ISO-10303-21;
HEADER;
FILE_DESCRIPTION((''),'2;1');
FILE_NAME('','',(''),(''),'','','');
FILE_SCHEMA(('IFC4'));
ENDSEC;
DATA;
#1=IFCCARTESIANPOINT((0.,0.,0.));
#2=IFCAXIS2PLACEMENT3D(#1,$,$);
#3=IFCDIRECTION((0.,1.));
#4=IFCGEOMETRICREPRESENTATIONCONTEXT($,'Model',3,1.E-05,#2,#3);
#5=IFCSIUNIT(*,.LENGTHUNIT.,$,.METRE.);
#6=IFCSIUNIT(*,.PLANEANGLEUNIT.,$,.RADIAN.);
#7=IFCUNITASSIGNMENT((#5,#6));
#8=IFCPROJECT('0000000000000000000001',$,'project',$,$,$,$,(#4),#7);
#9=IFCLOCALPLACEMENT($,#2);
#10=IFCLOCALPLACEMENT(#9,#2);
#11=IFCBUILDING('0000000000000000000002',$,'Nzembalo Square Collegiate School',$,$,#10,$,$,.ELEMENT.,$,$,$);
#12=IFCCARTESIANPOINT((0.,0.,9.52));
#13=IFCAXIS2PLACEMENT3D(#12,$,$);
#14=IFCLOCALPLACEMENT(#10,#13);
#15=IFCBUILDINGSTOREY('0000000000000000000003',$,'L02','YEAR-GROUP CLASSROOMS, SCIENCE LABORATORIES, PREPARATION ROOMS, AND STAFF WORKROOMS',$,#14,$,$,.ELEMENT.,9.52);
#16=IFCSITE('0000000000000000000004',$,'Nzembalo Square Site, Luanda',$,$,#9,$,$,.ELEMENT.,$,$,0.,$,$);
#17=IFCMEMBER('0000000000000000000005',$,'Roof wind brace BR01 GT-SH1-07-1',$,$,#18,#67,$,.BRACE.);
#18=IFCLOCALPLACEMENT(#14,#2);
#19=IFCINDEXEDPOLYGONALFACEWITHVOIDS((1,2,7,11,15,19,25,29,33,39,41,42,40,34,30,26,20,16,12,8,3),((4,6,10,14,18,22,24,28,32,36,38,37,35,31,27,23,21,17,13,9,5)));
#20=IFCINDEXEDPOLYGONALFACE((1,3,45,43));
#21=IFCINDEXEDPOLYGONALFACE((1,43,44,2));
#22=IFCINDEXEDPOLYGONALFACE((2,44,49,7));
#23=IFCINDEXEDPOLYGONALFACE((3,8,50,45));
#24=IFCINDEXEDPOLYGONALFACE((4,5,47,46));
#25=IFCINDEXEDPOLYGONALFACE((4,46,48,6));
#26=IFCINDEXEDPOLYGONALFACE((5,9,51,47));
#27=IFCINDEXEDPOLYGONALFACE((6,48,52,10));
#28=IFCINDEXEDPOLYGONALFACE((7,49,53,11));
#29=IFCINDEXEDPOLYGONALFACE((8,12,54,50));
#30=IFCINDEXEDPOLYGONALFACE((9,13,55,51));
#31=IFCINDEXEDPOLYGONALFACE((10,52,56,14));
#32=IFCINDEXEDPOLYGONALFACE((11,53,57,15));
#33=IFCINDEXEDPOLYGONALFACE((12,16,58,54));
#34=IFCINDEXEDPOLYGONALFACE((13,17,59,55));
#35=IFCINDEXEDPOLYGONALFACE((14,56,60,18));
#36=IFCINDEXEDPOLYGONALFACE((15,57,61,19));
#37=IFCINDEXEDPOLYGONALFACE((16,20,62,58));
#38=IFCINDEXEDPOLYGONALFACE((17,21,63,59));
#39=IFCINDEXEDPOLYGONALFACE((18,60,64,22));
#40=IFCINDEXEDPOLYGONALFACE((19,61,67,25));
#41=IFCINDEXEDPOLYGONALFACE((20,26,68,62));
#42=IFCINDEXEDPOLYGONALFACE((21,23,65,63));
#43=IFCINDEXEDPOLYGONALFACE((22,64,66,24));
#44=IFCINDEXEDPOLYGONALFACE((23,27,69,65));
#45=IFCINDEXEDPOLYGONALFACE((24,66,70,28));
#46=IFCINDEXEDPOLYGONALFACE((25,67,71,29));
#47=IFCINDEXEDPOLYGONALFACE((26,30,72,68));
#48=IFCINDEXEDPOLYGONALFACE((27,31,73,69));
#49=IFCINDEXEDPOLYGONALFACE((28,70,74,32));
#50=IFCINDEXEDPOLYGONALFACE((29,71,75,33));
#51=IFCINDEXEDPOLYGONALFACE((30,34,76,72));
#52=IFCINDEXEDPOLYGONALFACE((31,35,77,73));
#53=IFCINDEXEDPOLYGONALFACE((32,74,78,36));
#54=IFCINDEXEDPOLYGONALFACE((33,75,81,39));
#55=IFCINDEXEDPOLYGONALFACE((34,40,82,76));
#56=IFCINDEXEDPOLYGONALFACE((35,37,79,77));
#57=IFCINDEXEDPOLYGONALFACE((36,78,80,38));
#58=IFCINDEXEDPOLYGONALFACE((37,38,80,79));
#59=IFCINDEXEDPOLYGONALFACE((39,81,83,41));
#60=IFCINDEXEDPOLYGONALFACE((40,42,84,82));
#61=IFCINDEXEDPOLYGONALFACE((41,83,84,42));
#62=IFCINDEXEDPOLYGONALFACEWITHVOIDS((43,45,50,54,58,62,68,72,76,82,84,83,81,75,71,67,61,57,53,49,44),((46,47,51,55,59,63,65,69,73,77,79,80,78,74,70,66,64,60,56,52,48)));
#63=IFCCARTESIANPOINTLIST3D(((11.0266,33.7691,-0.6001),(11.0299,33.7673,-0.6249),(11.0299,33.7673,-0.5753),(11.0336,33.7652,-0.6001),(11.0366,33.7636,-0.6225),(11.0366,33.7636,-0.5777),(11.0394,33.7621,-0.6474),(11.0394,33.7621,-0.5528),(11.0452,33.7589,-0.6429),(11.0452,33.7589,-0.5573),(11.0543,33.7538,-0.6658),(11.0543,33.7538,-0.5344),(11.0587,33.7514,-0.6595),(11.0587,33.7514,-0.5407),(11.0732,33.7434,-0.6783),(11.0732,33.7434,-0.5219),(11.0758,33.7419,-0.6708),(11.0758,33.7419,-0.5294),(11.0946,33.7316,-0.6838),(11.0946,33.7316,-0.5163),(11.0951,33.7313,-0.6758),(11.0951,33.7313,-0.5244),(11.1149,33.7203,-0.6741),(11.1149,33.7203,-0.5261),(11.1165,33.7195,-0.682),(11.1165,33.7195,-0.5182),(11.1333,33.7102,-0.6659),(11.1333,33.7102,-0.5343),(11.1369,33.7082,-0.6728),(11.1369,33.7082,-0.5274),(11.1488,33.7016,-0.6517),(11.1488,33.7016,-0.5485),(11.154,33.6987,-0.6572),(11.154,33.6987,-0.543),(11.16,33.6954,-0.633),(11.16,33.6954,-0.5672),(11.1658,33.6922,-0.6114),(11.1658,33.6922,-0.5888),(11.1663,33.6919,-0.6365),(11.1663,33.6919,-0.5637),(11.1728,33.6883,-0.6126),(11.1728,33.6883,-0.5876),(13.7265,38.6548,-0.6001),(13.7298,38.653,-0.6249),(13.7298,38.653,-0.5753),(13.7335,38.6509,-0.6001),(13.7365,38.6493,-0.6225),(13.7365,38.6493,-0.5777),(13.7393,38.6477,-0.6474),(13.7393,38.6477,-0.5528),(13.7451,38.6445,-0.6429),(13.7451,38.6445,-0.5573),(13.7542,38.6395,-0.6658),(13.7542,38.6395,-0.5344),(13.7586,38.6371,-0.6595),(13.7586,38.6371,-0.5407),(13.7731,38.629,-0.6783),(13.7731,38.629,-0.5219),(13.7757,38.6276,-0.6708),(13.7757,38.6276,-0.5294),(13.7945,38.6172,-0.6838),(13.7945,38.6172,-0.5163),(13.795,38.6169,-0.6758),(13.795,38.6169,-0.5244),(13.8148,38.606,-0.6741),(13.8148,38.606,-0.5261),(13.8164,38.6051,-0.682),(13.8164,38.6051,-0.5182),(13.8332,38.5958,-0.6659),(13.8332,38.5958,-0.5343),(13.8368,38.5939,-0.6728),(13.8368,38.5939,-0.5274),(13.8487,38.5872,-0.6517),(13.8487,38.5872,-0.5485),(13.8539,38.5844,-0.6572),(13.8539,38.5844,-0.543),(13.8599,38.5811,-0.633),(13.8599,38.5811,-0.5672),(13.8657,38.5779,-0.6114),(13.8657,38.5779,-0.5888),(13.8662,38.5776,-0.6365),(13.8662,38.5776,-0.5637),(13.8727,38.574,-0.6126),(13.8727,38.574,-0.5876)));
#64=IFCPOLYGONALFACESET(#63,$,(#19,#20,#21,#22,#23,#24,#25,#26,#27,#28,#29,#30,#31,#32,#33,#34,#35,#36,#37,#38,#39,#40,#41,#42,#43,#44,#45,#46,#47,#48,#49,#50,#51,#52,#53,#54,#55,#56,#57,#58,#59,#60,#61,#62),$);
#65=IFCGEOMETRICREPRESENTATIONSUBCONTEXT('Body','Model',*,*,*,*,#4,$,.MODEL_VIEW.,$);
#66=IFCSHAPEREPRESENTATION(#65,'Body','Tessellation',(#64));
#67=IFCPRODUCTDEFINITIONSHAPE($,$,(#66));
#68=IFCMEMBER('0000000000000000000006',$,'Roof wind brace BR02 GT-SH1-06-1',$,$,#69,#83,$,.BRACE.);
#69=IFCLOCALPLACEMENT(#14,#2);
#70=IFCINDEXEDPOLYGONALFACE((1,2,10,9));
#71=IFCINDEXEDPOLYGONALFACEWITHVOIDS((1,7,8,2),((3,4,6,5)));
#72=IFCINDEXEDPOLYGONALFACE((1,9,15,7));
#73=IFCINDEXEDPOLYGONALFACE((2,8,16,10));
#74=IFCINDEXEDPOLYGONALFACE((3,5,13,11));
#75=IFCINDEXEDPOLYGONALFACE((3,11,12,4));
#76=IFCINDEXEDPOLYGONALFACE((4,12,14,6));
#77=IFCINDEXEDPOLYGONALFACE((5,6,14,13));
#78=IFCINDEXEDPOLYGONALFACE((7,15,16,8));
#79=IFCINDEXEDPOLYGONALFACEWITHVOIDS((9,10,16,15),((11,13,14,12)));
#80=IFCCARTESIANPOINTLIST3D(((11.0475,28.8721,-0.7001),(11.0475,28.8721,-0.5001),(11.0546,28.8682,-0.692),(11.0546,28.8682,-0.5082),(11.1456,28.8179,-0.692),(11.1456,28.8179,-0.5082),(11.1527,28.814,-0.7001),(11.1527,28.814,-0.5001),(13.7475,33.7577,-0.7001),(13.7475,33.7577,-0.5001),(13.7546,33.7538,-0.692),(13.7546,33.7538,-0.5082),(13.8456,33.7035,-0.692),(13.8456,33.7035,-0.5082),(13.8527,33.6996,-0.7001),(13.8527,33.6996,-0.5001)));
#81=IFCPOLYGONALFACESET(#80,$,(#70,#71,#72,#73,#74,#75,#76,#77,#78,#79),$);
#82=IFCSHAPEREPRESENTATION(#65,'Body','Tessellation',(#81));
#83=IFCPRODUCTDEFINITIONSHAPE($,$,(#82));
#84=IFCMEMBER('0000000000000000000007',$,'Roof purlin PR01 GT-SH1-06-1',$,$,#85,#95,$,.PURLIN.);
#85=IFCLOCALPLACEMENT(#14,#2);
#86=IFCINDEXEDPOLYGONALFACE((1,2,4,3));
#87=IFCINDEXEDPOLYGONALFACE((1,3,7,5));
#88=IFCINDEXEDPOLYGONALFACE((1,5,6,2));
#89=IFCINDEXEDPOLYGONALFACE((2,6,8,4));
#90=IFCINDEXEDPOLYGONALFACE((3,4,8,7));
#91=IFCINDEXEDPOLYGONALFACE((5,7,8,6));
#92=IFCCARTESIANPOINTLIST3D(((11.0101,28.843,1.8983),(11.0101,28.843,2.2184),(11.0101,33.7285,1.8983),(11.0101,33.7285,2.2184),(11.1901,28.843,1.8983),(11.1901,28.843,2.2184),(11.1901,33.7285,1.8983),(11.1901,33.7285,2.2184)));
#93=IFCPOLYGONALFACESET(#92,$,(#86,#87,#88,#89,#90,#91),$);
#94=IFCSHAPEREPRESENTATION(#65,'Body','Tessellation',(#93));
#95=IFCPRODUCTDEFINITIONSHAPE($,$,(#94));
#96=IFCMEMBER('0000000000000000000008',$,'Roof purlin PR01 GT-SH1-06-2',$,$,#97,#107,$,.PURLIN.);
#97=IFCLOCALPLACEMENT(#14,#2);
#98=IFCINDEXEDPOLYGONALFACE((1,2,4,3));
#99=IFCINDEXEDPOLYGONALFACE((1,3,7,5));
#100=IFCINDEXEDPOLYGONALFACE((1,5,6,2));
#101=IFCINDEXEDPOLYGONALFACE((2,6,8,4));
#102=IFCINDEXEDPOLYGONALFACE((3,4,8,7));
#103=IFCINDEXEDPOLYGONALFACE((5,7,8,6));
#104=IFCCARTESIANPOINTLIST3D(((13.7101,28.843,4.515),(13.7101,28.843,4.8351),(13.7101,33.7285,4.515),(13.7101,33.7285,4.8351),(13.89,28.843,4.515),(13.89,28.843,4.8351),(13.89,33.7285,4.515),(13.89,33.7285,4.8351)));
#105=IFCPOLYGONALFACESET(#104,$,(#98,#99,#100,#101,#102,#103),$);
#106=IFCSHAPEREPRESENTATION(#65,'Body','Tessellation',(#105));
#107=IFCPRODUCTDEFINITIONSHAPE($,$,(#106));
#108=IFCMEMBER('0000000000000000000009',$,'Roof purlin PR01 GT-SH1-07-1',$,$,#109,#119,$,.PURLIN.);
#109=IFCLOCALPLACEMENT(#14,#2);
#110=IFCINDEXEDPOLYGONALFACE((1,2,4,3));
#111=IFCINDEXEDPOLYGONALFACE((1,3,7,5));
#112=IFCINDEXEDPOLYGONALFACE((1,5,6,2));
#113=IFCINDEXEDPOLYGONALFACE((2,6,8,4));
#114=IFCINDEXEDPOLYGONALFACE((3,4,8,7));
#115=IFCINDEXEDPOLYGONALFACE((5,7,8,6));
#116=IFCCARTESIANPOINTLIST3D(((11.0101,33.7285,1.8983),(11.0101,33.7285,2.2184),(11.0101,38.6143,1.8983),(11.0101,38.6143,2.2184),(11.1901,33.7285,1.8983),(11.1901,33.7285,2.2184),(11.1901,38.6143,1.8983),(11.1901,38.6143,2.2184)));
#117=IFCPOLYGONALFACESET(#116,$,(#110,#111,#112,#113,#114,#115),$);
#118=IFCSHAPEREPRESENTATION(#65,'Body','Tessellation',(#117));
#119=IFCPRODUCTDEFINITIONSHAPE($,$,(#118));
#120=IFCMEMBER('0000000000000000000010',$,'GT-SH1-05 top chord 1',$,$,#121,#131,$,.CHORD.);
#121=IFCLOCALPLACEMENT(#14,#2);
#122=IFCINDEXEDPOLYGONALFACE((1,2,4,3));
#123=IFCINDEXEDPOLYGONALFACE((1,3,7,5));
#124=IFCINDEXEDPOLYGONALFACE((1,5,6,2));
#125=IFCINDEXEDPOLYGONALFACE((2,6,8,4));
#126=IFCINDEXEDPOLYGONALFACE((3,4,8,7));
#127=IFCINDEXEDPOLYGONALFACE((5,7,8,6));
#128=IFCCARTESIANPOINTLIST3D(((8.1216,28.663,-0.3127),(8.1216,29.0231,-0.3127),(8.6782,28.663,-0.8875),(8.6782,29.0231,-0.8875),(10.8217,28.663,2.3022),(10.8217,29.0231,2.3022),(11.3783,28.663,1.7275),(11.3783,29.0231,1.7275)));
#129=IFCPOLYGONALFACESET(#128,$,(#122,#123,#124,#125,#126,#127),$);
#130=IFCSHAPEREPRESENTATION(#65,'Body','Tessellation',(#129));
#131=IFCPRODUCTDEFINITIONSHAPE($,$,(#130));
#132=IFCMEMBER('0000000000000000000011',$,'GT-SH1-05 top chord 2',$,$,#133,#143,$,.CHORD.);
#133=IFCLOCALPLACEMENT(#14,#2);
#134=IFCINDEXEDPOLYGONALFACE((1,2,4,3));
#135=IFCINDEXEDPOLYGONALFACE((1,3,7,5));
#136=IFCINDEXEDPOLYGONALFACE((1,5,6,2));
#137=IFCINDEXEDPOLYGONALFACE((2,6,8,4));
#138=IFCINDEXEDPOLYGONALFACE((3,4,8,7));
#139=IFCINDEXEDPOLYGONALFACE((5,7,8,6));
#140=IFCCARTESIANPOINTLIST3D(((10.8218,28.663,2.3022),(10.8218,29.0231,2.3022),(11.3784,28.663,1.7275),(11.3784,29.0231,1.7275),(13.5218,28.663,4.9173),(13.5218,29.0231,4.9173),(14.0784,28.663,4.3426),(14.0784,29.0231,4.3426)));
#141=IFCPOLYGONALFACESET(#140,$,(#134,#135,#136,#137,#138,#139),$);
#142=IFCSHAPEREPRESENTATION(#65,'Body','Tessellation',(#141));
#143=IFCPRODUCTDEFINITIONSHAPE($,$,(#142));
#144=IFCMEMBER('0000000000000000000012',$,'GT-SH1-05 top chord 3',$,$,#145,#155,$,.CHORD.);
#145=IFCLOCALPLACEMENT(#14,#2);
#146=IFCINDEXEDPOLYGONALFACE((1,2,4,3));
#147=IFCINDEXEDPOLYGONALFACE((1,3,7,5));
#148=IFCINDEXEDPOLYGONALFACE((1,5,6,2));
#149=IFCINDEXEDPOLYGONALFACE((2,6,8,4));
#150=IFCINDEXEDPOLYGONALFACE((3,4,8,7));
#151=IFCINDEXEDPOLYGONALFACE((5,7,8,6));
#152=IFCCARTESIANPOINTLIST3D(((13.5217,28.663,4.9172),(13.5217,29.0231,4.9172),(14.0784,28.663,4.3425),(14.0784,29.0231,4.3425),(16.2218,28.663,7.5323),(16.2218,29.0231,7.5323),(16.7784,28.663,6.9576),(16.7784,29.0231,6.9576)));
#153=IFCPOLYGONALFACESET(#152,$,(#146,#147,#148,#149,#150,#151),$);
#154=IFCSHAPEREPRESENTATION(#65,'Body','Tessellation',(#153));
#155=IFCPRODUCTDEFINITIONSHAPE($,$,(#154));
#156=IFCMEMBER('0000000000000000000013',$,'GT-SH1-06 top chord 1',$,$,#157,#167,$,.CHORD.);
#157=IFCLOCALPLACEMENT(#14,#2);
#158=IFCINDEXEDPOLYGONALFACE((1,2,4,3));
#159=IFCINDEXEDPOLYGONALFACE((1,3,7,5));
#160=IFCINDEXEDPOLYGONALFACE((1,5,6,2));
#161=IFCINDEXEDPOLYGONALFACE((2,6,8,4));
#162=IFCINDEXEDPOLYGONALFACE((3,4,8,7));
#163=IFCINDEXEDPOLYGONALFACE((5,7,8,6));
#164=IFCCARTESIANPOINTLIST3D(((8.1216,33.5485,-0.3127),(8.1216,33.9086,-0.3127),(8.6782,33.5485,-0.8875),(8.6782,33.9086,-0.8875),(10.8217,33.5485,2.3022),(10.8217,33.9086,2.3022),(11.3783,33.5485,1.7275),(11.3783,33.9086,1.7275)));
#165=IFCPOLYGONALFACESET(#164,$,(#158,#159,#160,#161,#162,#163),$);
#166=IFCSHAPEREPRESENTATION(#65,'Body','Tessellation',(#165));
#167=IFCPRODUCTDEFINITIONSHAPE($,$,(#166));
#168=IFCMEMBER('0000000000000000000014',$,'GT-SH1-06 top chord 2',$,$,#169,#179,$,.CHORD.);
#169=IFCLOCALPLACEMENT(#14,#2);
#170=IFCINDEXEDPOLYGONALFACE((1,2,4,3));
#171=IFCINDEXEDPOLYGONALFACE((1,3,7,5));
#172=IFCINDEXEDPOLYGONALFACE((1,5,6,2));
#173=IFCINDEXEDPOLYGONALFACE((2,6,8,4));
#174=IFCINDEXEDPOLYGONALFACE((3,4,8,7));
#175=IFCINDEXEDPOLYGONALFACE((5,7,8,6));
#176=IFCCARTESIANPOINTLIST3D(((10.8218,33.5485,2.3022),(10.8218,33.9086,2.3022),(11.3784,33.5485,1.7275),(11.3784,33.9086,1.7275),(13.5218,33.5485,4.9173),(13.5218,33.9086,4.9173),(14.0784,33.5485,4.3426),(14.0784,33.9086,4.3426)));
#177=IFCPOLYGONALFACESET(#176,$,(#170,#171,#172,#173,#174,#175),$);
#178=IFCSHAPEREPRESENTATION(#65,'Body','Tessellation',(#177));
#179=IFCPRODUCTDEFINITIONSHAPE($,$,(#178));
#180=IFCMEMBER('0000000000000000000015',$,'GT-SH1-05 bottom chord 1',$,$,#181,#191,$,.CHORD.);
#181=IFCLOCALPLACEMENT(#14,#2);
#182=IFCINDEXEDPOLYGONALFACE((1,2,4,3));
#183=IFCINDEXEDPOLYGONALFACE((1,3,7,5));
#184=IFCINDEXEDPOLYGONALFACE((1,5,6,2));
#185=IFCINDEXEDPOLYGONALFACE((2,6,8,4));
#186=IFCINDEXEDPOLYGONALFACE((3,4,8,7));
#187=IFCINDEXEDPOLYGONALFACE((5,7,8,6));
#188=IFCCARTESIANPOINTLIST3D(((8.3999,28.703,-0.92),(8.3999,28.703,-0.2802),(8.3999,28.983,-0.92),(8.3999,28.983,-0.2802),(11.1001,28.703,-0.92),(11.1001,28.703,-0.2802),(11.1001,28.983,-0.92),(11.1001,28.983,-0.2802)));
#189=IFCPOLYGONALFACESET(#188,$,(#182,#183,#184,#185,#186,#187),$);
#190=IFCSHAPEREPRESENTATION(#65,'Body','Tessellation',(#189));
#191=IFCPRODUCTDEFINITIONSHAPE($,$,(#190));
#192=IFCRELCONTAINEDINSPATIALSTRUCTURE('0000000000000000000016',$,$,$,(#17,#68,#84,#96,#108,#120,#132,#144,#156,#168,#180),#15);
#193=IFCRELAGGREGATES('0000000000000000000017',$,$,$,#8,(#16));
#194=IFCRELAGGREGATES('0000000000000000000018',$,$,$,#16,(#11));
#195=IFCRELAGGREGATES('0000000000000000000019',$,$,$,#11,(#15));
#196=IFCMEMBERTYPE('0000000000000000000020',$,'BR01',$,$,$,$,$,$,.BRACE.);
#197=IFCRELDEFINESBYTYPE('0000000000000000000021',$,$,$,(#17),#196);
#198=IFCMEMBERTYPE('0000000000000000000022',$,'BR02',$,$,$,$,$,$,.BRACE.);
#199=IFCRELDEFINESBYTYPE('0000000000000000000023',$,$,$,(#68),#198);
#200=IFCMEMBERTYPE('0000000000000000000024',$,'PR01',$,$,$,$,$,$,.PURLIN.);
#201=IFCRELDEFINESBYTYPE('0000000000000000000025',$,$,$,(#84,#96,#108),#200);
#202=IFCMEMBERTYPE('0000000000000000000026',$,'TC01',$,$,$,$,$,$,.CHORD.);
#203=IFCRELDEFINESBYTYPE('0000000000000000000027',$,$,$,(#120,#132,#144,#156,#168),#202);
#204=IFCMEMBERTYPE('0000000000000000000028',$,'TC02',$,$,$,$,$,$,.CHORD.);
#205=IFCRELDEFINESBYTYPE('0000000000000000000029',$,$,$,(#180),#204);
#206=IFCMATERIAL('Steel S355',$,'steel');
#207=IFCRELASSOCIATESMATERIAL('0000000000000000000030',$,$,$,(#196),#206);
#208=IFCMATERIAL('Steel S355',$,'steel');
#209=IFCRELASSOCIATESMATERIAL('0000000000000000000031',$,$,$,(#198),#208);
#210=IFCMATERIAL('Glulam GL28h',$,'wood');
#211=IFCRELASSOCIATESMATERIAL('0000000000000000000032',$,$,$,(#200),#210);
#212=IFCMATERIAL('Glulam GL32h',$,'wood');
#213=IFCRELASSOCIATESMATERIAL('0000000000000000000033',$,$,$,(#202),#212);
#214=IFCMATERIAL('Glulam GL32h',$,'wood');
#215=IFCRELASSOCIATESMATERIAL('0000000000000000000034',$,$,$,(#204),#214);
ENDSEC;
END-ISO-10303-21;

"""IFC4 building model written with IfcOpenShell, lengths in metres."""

from ifc_helpers import new_model, si_unit, direction, frame, origin, origin_2d, place, context, subcontext, project, spatial, rectangle, hollow_rectangle, hollow_circle, extrude, material, material_profile, profile_set, type_object, element, save


model = new_model("IFC4")

# Units and contexts
model_context = context("Model", 3, precision=1e-05, world=origin(), true_north=direction((0.0, 1.0)))
body_context = subcontext(model_context, "Body", "Model", "MODEL_VIEW")
ifc_project = project(units=[si_unit("LENGTHUNIT", "METRE"), si_unit("PLANEANGLEUNIT", "RADIAN")], contexts=[model_context])

# Site, building, storey
site_placement = place(None, origin())
site = spatial("IfcSite", under=ifc_project, at=site_placement, Name="Nzembalo Square Site, Luanda", CompositionType="ELEMENT", RefElevation=0.0)
building_placement = place(site_placement, origin())
building = spatial("IfcBuilding", under=site, at=building_placement, Name="Nzembalo Square Collegiate School", CompositionType="ELEMENT")
storey_placement = place(building_placement, frame((0.0, 0.0, 9.52)))
storey = spatial("IfcBuildingStorey", under=building, at=storey_placement, Name="L02", Description="YEAR-GROUP CLASSROOMS, SCIENCE LABORATORIES, PREPARATION ROOMS, AND STAFF WORKROOMS", CompositionType="ELEMENT", Elevation=9.52)

# Members
ifc_material_1 = material(Name="Steel S355", Category="steel")
ifc_material_profile_1 = material_profile(ifc_material_1, hollow_circle(Radius=0.084, WallThickness=0.0081, at=origin_2d()), Name="CHS 168x8")
ifc_profile_set_1 = profile_set([ifc_material_profile_1], Name="Steel S355")
member_type_1 = type_object("IfcMemberType", Name="BR01", PredefinedType="BRACE", material=ifc_profile_set_1)
member_1_placement = place(storey_placement, frame((11.1001, 33.7285, -0.6001), z_axis=(0.483677, 0.875246, 0.0), x_axis=(-0.875246, 0.483677, 0.0)))
element("IfcMember", 1, at=member_1_placement, inside=storey, type_object=member_type_1, Name="Roof wind brace BR01 GT-SH1-07-1", PredefinedType="BRACE", context=body_context, shape_type="SweptSolid", body=[
    extrude(hollow_circle(Radius=0.084, WallThickness=0.0081, at=origin_2d()), origin(), (0.0, 0.0, 1.0), 5.582),
])
ifc_material_2 = material(Name="Steel S355", Category="steel")
ifc_material_profile_2 = material_profile(ifc_material_2, hollow_rectangle(XDim=0.1201, YDim=0.2, WallThickness=0.0081, at=origin_2d()), Name="RHS 200x120x8")
ifc_profile_set_2 = profile_set([ifc_material_profile_2], Name="Steel S355")
member_type_2 = type_object("IfcMemberType", Name="BR02", PredefinedType="BRACE", material=ifc_profile_set_2)
member_2_placement = place(storey_placement, frame((11.1001, 28.843, -0.6001), z_axis=(0.483696, 0.875236, 0.0), x_axis=(-0.875236, 0.483696, 0.0)))
element("IfcMember", 2, at=member_2_placement, inside=storey, type_object=member_type_2, Name="Roof wind brace BR02 GT-SH1-06-1", PredefinedType="BRACE", context=body_context, shape_type="SweptSolid", body=[
    extrude(hollow_rectangle(XDim=0.1201, YDim=0.2, WallThickness=0.0081, at=origin_2d()), origin(), (0.0, 0.0, 1.0), 5.582),
])
ifc_material_3 = material(Name="Glulam GL28h", Category="wood")
ifc_material_profile_3 = material_profile(ifc_material_3, rectangle(XDim=0.1799, YDim=0.3201, at=origin_2d()), Name="GL28h 180x320")
ifc_profile_set_3 = profile_set([ifc_material_profile_3], Name="Glulam GL28h")
member_type_3 = type_object("IfcMemberType", Name="PR01", PredefinedType="PURLIN", material=ifc_profile_set_3)
for number, where, z_axis, x_axis, name in (
    (3, (11.1001, 28.843, 2.0583), (0.0, 1.0, 0.0), (-1.0, 0.0, 0.0), "Roof purlin PR01 GT-SH1-06-1"),
    (4, (13.8, 28.843, 4.675), (0.0, 1.0, 0.0), (-1.0, 0.0, 0.0), "Roof purlin PR01 GT-SH1-06-2"),
):
    element("IfcMember", number, at=place(storey_placement, frame(where, z_axis=z_axis, x_axis=x_axis)), inside=storey, type_object=member_type_3, Name=name, PredefinedType="PURLIN", context=body_context, shape_type="SweptSolid", body=[
        extrude(rectangle(XDim=0.1799, YDim=0.3201, at=origin_2d()), origin(), (0.0, 0.0, 1.0), 4.8855),
    ])
member_3_placement = place(storey_placement, frame((11.1001, 33.7285, 2.0583), z_axis=(0.0, 1.0, 0.0), x_axis=(-1.0, 0.0, 0.0)))
element("IfcMember", 5, at=member_3_placement, inside=storey, type_object=member_type_3, Name="Roof purlin PR01 GT-SH1-07-1", PredefinedType="PURLIN", context=body_context, shape_type="SweptSolid", body=[
    extrude(rectangle(XDim=0.1799, YDim=0.3201, at=origin_2d()), origin(), (0.0, 0.0, 1.0), 4.8857),
])
ifc_material_4 = material(Name="Glulam GL32h", Category="wood")
ifc_material_profile_4 = material_profile(ifc_material_4, rectangle(XDim=0.3601, YDim=0.8, at=origin_2d()), Name="GL32h 360x800")
ifc_profile_set_4 = profile_set([ifc_material_profile_4], Name="Glulam GL32h")
member_type_4 = type_object("IfcMemberType", Name="TC01", PredefinedType="CHORD", material=ifc_profile_set_4)
for number, where, z_axis, x_axis, name in (
    (6, (8.3999, 28.843, -0.6001), (0.71835, 0.0, 0.695682), (0.0, 1.0, 0.0), "GT-SH1-05 top chord 1"),
    (7, (11.1001, 28.843, 2.0149), (0.718318, 0.0, 0.695715), (0.0, 1.0, 0.0), "GT-SH1-05 top chord 2"),
    (8, (13.8, 28.843, 4.6299), (0.718318, 0.0, 0.695715), (0.0, 1.0, 0.0), "GT-SH1-05 top chord 3"),
    (9, (8.3999, 33.7285, -0.6001), (0.71835, 0.0, 0.695682), (0.0, 1.0, 0.0), "GT-SH1-06 top chord 1"),
    (10, (11.1001, 33.7285, 2.0149), (0.718318, 0.0, 0.695715), (0.0, 1.0, 0.0), "GT-SH1-06 top chord 2"),
):
    element("IfcMember", number, at=place(storey_placement, frame(where, z_axis=z_axis, x_axis=x_axis)), inside=storey, type_object=member_type_4, Name=name, PredefinedType="CHORD", context=body_context, shape_type="SweptSolid", body=[
        extrude(rectangle(XDim=0.3601, YDim=0.8, at=origin_2d()), origin(), (0.0, 0.0, 1.0), 3.7588),
    ])
ifc_material_5 = material(Name="Glulam GL32h", Category="wood")
ifc_material_profile_5 = material_profile(ifc_material_5, rectangle(XDim=0.28, YDim=0.6399, at=origin_2d()), Name="GL32h 280x640")
ifc_profile_set_5 = profile_set([ifc_material_profile_5], Name="Glulam GL32h")
member_type_5 = type_object("IfcMemberType", Name="TC02", PredefinedType="CHORD", material=ifc_profile_set_5)
member_4_placement = place(storey_placement, frame((8.3999, 28.843, -0.6001), z_axis=(1.0, 0.0, 0.0), x_axis=(0.0, 1.0, 0.0)))
element("IfcMember", 11, at=member_4_placement, inside=storey, type_object=member_type_5, Name="GT-SH1-05 bottom chord 1", PredefinedType="CHORD", context=body_context, shape_type="SweptSolid", body=[
    extrude(rectangle(XDim=0.28, YDim=0.6399, at=origin_2d()), origin(), (0.0, 0.0, 1.0), 2.7002),
])

save(model, "model.ifc")
